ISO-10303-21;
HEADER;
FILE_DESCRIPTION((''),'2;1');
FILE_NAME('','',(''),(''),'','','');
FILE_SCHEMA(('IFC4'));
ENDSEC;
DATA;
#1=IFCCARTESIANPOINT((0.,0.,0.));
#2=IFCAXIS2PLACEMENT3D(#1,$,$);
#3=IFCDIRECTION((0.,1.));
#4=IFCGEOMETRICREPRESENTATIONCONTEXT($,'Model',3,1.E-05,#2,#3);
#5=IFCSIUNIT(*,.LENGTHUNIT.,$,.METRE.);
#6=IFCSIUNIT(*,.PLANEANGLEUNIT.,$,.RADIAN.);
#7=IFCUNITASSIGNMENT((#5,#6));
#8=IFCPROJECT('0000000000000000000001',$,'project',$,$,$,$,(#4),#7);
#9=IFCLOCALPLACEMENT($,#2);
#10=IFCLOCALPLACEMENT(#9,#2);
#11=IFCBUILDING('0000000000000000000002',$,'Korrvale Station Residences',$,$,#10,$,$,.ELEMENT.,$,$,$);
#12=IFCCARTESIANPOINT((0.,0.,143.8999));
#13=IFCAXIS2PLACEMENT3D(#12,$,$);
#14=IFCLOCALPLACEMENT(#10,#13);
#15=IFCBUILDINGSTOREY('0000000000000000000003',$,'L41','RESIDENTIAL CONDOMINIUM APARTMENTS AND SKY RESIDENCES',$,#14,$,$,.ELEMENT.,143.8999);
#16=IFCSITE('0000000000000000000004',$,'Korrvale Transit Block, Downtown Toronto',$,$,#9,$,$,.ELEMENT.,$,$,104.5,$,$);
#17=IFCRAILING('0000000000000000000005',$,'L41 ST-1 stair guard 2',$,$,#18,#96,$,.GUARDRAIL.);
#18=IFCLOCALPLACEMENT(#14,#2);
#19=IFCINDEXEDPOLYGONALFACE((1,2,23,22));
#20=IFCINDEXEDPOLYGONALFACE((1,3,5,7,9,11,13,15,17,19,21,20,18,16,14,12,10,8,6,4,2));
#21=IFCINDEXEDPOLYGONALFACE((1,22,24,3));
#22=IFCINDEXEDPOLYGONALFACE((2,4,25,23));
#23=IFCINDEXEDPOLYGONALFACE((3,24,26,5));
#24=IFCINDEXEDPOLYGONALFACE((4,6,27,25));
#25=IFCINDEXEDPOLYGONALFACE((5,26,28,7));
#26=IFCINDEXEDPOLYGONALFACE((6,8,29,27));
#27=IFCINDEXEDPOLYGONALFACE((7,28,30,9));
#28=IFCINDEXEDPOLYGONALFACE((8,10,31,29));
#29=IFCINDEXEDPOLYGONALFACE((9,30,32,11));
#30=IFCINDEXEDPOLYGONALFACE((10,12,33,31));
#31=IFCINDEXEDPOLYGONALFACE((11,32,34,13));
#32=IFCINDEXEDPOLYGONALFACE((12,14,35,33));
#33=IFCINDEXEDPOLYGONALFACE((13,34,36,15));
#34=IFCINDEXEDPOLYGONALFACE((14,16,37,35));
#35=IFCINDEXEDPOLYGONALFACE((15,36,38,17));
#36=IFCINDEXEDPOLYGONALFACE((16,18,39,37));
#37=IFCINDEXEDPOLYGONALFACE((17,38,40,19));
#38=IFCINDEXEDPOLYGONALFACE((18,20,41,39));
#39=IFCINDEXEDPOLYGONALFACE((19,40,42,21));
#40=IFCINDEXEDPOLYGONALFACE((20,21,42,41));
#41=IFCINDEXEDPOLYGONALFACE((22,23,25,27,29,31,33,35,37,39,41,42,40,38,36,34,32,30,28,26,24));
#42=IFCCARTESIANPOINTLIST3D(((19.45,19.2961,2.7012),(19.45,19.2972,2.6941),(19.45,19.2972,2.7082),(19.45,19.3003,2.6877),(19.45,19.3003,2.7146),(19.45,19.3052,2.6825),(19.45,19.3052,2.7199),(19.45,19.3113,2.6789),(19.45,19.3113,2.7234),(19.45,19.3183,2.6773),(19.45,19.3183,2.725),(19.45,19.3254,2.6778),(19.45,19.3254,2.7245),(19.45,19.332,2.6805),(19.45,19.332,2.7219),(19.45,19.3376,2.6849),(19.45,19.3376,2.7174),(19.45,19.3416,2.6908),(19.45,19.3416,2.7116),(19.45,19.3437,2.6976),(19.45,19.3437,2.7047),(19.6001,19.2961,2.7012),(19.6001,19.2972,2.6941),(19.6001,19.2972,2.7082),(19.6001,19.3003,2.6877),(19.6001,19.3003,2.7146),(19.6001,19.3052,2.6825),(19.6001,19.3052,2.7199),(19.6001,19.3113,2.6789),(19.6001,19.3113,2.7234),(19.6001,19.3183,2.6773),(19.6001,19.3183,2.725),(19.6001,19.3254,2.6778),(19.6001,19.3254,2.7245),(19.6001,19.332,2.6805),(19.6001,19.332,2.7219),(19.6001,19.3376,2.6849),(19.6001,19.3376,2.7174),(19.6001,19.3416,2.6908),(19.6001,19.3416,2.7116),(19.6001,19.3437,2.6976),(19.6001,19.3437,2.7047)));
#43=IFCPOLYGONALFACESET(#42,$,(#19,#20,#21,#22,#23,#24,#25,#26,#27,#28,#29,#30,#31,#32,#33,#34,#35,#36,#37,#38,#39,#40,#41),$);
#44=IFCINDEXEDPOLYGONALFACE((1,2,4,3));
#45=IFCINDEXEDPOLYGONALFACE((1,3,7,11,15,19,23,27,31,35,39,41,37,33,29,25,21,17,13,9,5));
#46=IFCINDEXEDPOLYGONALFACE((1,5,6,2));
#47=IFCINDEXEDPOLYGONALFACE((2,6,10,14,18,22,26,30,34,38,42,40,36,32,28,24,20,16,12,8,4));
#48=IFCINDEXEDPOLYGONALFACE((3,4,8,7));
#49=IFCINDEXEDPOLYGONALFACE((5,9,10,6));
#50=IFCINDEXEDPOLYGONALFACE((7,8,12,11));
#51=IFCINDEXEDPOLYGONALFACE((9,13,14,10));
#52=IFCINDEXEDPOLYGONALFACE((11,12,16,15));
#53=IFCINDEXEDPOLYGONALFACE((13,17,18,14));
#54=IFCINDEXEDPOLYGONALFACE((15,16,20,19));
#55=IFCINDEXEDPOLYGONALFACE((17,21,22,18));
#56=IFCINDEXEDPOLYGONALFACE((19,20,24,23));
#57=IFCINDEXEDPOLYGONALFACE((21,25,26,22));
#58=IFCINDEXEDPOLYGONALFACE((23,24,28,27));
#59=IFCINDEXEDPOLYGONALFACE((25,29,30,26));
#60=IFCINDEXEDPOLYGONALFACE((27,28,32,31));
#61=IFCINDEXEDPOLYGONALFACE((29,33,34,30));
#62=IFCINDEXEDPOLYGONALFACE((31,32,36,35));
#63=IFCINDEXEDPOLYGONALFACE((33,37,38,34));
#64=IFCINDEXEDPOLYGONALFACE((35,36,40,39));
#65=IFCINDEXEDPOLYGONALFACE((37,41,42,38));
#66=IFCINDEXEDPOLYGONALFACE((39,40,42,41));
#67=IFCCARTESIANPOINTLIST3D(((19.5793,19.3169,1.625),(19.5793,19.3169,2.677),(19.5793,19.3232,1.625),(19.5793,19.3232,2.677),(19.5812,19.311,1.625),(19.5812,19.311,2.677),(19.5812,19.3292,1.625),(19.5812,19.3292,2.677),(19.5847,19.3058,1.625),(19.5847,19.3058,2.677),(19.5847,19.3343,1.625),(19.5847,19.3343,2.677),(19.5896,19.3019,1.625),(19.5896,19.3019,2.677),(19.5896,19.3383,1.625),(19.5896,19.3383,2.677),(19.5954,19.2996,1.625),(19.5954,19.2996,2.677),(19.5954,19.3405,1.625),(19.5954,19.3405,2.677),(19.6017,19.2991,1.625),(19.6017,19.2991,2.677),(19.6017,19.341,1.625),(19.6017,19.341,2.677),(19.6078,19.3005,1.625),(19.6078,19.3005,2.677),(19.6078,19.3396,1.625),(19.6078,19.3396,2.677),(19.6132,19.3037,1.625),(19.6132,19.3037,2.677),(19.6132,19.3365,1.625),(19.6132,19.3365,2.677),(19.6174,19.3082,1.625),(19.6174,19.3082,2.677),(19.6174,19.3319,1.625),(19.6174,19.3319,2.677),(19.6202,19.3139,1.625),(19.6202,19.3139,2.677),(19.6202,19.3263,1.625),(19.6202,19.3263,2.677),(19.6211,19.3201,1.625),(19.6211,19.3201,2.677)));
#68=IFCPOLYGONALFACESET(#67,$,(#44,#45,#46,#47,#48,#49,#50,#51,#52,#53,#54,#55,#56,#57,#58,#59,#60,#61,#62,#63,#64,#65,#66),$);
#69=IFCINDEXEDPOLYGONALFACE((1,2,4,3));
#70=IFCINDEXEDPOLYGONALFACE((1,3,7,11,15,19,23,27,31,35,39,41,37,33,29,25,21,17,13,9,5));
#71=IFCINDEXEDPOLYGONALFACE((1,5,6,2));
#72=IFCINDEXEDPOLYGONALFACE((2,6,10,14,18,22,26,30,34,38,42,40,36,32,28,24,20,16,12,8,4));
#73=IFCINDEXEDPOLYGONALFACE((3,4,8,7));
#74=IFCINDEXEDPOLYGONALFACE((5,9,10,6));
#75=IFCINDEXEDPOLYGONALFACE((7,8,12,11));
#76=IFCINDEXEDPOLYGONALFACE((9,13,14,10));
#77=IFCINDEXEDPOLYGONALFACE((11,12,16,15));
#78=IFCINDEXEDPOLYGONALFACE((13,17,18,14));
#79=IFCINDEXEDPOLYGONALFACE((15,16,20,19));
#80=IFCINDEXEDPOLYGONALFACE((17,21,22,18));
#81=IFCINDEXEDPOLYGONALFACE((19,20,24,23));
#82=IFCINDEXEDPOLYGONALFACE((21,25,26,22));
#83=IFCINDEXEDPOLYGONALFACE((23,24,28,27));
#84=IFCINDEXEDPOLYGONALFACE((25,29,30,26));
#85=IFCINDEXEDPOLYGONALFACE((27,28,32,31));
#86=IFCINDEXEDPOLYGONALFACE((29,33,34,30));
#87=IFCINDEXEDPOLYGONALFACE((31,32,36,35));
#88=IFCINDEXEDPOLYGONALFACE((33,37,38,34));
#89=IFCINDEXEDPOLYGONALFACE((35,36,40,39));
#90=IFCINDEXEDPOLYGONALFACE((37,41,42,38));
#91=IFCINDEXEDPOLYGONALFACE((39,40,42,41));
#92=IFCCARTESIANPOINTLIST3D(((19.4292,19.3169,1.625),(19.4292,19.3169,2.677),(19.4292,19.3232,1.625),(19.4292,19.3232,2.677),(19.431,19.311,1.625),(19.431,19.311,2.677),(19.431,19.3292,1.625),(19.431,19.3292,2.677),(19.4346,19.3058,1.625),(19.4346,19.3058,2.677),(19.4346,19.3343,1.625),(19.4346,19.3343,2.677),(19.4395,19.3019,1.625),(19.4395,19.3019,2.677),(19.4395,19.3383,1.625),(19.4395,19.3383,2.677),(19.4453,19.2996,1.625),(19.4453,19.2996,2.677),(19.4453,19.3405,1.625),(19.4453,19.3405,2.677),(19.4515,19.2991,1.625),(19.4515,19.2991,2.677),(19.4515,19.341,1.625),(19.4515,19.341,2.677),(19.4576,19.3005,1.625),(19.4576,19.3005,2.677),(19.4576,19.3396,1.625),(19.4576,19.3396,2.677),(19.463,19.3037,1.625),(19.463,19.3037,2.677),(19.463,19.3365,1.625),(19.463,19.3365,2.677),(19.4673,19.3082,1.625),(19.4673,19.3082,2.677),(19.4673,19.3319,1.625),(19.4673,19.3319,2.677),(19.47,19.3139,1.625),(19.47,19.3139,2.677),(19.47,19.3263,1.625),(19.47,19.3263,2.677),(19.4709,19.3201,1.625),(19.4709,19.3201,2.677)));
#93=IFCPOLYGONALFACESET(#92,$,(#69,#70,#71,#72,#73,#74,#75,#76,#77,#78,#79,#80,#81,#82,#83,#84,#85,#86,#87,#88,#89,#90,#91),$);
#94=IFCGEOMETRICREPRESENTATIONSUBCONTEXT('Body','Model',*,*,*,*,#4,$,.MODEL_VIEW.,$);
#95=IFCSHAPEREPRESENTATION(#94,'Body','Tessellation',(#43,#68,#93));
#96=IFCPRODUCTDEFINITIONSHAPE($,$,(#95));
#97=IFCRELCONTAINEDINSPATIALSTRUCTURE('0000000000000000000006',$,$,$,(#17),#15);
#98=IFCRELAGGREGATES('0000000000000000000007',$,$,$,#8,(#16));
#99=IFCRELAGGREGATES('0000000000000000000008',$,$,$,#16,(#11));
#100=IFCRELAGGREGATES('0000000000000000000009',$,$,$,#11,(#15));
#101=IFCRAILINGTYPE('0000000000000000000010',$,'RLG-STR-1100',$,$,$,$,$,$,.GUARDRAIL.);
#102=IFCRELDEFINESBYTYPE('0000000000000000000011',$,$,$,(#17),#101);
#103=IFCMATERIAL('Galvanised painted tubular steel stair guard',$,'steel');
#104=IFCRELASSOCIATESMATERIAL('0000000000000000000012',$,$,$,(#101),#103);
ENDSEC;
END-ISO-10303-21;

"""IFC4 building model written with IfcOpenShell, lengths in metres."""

from ifc_helpers import new_model, si_unit, direction, frame, origin, origin_2d, place, context, subcontext, project, spatial, circle, extrude, material, type_object, element, save


model = new_model("IFC4")

# Units and contexts
model_context = context("Model", 3, precision=1e-05, world=origin(), true_north=direction((0.0, 1.0)))
body_context = subcontext(model_context, "Body", "Model", "MODEL_VIEW")
ifc_project = project(units=[si_unit("LENGTHUNIT", "METRE"), si_unit("PLANEANGLEUNIT", "RADIAN")], contexts=[model_context])

# Site, building, storey
site_placement = place(None, origin())
site = spatial("IfcSite", under=ifc_project, at=site_placement, Name="Korrvale Transit Block, Downtown Toronto", CompositionType="ELEMENT", RefElevation=104.5)
building_placement = place(site_placement, origin())
building = spatial("IfcBuilding", under=site, at=building_placement, Name="Korrvale Station Residences", CompositionType="ELEMENT")
storey_placement = place(building_placement, frame((0.0, 0.0, 143.8999)))
storey = spatial("IfcBuildingStorey", under=building, at=storey_placement, Name="L41", Description="RESIDENTIAL CONDOMINIUM APARTMENTS AND SKY RESIDENCES", CompositionType="ELEMENT", Elevation=143.8999)

# Railing
ifc_material_1 = material(Name="Galvanised painted tubular steel stair guard", Category="steel")
railing_type_1 = type_object("IfcRailingType", Name="RLG-STR-1100", PredefinedType="GUARDRAIL", material=ifc_material_1)
railing_1_placement = place(storey_placement, frame((19.6001, 19.3201, 1.625)))
element("IfcRailing", 1, at=railing_1_placement, inside=storey, type_object=railing_type_1, Name="L41 ST-1 stair guard 2", PredefinedType="GUARDRAIL", context=body_context, shape_type="SweptSolid", body=[
    extrude(circle(Radius=0.0239, at=origin_2d()), frame((0.0, 0.0, 1.0762), z_axis=(-1.0, 0.0, 0.0), x_axis=(0.0, -1.0, 0.0)), (0.0, 0.0, 1.0), 0.1501),
    extrude(circle(Radius=0.021, at=origin_2d()), origin(), (0.0, 0.0, 1.0), 1.052),
    extrude(circle(Radius=0.021, at=origin_2d()), frame((-0.1501, 0.0, 0.0)), (0.0, 0.0, 1.0), 1.052),
])

save(model, "model.ifc")
